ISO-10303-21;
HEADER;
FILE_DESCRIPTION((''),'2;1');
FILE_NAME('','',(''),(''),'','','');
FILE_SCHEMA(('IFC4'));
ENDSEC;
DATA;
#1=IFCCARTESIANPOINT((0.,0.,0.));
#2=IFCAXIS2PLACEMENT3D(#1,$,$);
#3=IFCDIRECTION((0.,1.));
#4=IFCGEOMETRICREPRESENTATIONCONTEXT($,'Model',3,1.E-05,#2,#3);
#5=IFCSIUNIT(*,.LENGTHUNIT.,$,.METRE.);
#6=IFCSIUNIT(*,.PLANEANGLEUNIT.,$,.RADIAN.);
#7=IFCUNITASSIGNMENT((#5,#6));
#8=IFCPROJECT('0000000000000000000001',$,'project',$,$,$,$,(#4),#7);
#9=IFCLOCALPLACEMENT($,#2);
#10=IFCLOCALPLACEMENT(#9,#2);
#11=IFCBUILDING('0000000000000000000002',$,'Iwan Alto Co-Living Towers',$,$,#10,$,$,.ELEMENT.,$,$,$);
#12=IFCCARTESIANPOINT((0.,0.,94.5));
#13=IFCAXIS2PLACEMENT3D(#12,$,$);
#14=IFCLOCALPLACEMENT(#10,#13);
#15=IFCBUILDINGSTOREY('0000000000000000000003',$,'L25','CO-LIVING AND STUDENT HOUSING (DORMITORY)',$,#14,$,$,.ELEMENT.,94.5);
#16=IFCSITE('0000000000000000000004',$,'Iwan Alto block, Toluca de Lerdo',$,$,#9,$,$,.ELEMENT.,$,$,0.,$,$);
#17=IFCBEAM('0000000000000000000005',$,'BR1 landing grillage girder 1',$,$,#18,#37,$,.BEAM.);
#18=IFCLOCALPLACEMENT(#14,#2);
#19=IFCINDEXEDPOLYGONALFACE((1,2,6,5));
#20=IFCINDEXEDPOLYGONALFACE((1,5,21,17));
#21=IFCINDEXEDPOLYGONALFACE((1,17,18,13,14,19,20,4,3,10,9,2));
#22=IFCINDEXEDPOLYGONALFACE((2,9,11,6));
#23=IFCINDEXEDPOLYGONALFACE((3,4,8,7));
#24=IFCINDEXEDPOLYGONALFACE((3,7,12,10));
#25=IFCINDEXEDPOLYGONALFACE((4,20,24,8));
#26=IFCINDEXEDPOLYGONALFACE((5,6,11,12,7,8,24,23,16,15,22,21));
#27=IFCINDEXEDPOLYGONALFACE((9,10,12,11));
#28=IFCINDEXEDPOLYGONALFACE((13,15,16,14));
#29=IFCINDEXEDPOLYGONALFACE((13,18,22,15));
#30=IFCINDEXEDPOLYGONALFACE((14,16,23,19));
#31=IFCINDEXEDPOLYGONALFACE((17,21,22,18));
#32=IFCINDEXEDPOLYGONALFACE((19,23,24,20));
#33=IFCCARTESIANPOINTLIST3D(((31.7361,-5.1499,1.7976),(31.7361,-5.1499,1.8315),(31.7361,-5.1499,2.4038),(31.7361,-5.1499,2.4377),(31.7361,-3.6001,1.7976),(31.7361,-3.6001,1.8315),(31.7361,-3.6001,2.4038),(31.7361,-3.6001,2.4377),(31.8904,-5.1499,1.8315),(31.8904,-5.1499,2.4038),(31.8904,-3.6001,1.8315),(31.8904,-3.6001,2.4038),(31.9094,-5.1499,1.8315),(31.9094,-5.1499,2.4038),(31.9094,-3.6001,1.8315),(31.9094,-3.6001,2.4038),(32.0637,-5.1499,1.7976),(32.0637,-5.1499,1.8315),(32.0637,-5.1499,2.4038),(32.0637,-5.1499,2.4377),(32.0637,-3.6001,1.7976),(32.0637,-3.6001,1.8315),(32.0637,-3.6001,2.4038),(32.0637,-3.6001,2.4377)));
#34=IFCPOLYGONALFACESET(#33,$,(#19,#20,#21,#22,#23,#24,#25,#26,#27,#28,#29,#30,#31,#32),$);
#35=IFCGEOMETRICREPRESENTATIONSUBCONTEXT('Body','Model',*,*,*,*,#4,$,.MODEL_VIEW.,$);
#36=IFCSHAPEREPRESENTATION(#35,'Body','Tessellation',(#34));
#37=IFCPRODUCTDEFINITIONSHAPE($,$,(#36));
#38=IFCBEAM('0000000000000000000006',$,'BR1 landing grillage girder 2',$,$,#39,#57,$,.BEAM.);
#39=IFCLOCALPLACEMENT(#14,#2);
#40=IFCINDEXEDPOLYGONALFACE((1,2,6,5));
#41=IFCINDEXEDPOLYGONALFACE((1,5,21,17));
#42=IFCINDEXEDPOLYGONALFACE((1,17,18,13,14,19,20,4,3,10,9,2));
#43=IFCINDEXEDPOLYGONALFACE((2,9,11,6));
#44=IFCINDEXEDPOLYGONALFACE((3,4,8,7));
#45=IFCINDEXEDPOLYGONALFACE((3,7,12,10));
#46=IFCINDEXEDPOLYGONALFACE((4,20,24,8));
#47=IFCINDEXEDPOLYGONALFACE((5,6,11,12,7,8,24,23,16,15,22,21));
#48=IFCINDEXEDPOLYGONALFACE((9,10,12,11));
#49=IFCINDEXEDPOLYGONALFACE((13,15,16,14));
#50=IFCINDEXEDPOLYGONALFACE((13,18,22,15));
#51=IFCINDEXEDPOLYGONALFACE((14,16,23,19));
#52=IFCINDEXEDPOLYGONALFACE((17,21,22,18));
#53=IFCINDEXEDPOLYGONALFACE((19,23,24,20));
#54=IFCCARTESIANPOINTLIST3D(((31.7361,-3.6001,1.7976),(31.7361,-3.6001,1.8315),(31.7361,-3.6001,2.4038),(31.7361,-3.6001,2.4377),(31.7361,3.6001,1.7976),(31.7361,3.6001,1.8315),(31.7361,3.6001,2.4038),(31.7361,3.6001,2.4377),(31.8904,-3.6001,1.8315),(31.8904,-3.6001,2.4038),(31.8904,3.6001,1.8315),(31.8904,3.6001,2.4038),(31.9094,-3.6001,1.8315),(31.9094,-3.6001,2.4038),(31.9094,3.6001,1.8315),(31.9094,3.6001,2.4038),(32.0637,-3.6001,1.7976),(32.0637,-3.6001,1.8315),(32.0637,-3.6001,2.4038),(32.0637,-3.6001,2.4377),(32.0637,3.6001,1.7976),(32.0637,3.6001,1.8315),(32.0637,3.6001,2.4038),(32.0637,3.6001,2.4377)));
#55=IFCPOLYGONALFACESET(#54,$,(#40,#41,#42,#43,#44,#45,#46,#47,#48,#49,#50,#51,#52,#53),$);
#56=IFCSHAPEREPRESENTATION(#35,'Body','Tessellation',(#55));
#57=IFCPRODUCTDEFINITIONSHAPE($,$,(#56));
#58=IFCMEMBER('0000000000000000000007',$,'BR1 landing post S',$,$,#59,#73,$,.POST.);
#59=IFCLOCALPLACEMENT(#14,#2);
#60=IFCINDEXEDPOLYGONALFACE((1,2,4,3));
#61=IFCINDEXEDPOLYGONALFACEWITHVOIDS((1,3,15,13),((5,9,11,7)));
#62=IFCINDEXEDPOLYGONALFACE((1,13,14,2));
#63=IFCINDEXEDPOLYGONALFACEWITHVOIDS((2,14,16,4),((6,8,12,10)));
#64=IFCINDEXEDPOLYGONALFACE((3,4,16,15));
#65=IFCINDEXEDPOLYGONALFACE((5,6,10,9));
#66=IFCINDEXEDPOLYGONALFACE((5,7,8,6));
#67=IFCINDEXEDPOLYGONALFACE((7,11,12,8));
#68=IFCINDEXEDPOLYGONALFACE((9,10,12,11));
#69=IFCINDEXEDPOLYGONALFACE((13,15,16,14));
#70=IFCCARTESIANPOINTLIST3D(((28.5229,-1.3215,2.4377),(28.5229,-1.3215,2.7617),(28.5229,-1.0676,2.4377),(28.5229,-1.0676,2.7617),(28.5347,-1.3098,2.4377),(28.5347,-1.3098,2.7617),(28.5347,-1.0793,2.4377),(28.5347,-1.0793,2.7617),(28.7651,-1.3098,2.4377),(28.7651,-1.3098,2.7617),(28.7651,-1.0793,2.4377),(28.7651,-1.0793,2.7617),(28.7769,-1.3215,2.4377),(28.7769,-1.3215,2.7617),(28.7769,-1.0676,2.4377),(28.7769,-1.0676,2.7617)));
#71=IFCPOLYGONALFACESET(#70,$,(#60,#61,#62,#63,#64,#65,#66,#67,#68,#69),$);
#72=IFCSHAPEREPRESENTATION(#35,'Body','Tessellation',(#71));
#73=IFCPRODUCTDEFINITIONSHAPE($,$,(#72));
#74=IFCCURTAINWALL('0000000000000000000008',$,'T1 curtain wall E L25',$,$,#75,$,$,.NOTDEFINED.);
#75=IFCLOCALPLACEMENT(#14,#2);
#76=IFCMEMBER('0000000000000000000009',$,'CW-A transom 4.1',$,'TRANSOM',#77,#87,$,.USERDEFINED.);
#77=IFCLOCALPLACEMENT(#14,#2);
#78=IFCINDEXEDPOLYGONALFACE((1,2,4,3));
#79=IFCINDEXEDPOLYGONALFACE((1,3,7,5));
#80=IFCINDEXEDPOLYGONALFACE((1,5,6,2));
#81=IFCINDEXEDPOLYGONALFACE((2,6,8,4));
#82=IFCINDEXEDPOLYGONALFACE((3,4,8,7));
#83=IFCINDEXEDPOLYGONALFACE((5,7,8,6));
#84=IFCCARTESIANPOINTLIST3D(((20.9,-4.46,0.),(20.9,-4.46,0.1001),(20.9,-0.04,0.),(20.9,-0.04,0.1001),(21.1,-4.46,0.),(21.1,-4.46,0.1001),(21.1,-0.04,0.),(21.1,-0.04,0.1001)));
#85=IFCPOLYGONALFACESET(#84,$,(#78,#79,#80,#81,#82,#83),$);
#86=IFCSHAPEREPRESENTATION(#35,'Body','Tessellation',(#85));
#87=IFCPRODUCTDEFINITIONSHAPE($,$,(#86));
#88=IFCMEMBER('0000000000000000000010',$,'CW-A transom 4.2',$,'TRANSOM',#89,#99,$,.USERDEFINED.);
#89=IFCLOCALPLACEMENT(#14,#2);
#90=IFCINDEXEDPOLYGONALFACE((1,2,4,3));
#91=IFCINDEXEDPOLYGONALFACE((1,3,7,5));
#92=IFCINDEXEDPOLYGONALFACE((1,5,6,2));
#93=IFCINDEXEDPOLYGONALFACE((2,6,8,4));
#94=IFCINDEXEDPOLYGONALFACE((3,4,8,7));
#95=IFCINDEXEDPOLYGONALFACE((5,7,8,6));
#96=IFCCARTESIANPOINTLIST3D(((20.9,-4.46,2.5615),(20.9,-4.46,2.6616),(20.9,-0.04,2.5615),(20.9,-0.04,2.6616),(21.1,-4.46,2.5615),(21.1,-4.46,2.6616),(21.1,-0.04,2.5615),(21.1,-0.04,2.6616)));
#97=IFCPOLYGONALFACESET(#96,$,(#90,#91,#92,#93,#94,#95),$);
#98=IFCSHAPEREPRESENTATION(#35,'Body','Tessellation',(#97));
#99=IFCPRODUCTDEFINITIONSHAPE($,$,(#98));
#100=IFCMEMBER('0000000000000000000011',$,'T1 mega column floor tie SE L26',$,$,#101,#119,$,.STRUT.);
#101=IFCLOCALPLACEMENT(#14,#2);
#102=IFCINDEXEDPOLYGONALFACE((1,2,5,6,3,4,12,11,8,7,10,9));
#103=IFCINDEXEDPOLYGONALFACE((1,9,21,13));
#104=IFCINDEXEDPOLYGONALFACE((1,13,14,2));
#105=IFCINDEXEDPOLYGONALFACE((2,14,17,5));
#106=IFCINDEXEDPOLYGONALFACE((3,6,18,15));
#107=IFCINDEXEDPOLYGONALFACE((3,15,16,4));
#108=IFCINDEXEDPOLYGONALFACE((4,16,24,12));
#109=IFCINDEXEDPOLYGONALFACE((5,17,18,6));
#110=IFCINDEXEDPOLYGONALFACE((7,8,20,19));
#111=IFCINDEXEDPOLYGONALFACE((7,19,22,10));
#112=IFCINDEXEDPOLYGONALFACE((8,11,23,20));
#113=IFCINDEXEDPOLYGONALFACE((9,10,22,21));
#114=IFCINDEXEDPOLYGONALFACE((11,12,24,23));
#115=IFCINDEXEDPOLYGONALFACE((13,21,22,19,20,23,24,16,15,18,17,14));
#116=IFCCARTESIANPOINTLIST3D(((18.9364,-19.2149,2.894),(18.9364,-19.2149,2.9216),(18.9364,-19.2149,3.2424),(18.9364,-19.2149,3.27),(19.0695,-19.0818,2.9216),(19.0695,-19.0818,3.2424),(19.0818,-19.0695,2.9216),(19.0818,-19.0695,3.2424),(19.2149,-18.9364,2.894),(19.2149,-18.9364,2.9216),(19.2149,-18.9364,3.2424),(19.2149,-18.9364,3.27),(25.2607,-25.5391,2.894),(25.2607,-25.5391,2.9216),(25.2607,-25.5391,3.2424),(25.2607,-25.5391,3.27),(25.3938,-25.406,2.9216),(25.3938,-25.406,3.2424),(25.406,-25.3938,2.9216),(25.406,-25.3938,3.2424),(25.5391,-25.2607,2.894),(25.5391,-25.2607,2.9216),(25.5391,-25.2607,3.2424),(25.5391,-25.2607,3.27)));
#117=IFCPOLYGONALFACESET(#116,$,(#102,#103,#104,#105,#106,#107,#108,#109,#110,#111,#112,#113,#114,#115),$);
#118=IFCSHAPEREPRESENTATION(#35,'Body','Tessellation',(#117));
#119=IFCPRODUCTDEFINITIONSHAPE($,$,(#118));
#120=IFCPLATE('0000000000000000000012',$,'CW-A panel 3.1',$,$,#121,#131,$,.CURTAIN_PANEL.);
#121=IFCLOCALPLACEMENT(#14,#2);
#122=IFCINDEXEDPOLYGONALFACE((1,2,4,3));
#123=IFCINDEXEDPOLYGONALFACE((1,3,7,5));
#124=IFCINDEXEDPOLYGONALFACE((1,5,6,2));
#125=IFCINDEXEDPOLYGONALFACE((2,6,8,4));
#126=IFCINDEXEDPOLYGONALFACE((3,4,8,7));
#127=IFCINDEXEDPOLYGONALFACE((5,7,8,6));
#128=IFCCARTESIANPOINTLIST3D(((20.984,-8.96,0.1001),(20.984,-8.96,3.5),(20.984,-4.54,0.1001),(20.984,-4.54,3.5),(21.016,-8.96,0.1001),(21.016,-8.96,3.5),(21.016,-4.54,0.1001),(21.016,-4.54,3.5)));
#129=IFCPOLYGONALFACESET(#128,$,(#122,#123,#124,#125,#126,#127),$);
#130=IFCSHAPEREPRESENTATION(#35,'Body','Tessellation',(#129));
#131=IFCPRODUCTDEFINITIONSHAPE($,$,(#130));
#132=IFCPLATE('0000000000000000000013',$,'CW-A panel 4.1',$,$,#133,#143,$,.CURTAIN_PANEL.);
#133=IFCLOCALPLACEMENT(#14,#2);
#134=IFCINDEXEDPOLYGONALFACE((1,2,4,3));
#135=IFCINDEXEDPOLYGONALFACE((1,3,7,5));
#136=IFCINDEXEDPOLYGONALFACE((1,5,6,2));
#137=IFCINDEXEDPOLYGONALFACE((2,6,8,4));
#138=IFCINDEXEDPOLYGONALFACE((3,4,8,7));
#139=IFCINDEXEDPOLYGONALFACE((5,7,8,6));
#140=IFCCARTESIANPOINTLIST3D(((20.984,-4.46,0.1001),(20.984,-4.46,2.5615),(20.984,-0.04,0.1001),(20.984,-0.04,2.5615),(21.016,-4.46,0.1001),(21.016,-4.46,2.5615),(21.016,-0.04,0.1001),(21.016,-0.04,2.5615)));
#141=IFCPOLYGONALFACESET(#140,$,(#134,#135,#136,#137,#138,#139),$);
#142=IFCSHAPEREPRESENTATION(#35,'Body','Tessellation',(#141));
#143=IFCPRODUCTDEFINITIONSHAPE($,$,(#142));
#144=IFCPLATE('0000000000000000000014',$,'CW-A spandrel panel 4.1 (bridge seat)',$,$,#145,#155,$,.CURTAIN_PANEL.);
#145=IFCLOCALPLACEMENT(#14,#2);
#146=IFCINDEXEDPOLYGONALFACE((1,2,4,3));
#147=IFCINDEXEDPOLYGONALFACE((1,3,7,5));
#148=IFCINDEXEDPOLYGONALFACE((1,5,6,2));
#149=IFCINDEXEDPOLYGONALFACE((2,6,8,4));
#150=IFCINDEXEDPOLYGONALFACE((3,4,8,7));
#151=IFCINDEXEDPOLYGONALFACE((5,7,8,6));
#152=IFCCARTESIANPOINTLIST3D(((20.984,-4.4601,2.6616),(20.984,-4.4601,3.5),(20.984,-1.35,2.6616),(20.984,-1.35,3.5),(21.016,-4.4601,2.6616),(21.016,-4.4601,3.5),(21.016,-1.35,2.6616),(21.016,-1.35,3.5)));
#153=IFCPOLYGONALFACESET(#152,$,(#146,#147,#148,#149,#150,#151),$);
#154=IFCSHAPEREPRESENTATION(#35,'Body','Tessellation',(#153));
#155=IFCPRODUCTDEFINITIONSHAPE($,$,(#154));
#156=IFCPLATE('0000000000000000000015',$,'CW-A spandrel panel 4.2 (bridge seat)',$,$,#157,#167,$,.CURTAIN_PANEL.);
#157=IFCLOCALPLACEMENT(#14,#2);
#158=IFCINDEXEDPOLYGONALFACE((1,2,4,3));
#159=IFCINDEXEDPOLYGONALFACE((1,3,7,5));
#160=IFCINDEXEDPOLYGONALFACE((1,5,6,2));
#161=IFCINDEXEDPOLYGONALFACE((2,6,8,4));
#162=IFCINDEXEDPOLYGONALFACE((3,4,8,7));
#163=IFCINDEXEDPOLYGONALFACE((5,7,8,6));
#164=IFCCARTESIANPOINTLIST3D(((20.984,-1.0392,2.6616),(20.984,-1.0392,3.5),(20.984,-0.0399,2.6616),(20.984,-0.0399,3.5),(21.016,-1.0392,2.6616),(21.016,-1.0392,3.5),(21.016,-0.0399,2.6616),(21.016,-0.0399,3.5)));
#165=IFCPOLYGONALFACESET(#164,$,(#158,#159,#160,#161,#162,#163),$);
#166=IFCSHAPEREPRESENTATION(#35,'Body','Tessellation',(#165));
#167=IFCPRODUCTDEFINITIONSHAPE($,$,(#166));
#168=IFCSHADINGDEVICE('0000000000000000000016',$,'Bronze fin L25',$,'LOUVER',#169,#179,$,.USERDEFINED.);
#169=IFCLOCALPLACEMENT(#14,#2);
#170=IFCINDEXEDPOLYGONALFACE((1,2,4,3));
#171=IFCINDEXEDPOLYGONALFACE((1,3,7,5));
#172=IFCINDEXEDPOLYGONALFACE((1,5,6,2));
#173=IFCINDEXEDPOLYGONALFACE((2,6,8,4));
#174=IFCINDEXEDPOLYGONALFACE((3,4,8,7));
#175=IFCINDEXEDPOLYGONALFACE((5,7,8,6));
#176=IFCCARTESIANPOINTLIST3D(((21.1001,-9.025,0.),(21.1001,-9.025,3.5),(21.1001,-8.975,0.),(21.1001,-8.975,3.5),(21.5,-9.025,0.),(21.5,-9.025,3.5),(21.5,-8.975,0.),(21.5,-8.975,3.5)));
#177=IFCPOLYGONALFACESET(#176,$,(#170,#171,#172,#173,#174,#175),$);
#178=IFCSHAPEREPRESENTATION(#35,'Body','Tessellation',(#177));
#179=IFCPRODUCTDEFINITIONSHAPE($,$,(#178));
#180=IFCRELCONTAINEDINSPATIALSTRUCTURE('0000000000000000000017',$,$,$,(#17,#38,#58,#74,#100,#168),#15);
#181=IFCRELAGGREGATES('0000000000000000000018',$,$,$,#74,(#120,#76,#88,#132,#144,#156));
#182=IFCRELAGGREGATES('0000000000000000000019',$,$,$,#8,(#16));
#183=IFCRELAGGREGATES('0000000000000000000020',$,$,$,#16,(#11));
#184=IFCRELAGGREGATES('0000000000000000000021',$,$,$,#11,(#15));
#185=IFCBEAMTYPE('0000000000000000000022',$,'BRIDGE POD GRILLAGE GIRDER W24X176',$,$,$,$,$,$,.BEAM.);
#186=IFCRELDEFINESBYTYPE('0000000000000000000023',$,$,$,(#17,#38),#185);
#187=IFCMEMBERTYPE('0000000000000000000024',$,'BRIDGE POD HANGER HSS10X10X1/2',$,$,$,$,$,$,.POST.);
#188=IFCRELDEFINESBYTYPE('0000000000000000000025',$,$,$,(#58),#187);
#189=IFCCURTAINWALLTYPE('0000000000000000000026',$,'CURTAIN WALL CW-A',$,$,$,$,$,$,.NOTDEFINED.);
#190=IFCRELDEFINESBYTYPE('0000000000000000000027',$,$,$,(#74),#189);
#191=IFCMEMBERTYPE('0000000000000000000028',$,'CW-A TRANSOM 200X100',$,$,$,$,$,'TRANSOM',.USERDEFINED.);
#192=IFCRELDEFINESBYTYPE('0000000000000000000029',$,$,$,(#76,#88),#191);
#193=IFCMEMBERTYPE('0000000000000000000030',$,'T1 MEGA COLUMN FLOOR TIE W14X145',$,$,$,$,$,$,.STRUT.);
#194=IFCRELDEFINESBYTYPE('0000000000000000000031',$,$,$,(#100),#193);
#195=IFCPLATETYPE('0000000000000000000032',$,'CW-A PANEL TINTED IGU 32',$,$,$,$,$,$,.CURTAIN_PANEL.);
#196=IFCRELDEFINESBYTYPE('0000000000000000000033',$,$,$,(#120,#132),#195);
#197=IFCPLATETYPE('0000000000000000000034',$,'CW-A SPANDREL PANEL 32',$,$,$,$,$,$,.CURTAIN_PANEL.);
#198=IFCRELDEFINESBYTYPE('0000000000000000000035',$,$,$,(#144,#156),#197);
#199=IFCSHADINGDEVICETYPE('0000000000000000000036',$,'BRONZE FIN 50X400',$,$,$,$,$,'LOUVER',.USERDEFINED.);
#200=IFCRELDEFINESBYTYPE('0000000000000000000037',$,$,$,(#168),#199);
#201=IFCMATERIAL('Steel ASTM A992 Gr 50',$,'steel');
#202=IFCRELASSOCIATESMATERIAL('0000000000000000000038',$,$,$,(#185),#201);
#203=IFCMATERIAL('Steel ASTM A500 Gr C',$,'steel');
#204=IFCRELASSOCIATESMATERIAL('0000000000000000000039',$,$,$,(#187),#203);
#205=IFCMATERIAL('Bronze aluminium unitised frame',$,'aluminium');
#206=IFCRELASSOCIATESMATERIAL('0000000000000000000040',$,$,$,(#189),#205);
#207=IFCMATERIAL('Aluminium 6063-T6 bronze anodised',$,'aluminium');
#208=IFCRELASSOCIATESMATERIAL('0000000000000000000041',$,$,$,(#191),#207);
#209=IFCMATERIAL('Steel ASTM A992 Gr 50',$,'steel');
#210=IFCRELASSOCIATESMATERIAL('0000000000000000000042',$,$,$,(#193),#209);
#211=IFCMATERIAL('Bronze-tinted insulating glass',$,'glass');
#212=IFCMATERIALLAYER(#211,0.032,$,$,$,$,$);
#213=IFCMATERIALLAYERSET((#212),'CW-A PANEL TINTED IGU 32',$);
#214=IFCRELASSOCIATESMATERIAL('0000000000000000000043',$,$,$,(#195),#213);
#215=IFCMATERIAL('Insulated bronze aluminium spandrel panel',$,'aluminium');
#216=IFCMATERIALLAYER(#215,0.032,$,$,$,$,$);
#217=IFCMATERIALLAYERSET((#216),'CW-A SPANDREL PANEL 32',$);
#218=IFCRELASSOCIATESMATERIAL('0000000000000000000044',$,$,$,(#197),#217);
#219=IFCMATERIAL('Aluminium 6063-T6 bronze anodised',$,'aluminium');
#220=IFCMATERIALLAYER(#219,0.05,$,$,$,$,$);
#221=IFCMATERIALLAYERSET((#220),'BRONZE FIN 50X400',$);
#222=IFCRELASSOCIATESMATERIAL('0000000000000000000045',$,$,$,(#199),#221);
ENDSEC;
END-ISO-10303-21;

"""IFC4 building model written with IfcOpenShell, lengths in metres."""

from ifc_helpers import new_model, si_unit, direction, frame, origin, origin_2d, place, context, subcontext, project, spatial, rectangle, hollow_rectangle, i_section, extrude, material, layer, layer_set, material_profile, profile_set, type_object, element, aggregate, save


model = new_model("IFC4")

# Units and contexts
model_context = context("Model", 3, precision=1e-05, world=origin(), true_north=direction((0.0, 1.0)))
body_context = subcontext(model_context, "Body", "Model", "MODEL_VIEW")
ifc_project = project(units=[si_unit("LENGTHUNIT", "METRE"), si_unit("PLANEANGLEUNIT", "RADIAN")], contexts=[model_context])

# Site, building, storey
site_placement = place(None, origin())
site = spatial("IfcSite", under=ifc_project, at=site_placement, Name="Iwan Alto block, Toluca de Lerdo", CompositionType="ELEMENT", RefElevation=0.0)
building_placement = place(site_placement, origin())
building = spatial("IfcBuilding", under=site, at=building_placement, Name="Iwan Alto Co-Living Towers", CompositionType="ELEMENT")
storey_placement = place(building_placement, frame((0.0, 0.0, 94.5)))
storey = spatial("IfcBuildingStorey", under=building, at=storey_placement, Name="L25", Description="CO-LIVING AND STUDENT HOUSING (DORMITORY)", CompositionType="ELEMENT", Elevation=94.5)

# Beams
ifc_material_1 = material(Name="Steel ASTM A992 Gr 50", Category="steel")
ifc_material_profile_1 = material_profile(ifc_material_1, i_section(OverallWidth=0.3276, OverallDepth=0.6401, WebThickness=0.019, FlangeThickness=0.0339, at=origin_2d()), Name="W24X176")
ifc_profile_set_1 = profile_set([ifc_material_profile_1], Name="Steel ASTM A992 Gr 50")
beam_type_1 = type_object("IfcBeamType", Name="BRIDGE POD GRILLAGE GIRDER W24X176", PredefinedType="BEAM", material=ifc_profile_set_1)
beam_1_placement = place(storey_placement, frame((31.8999, -5.1499, 2.1177), z_axis=(0.0, 1.0, 0.0), x_axis=(-1.0, 0.0, 0.0)))
element("IfcBeam", 1, at=beam_1_placement, inside=storey, type_object=beam_type_1, Name="BR1 landing grillage girder 1", PredefinedType="BEAM", context=body_context, shape_type="SweptSolid", body=[
    extrude(i_section(OverallWidth=0.3276, OverallDepth=0.6401, WebThickness=0.019, FlangeThickness=0.0339, at=origin_2d()), origin(), (0.0, 0.0, 1.0), 1.5498),
])
beam_2_placement = place(storey_placement, frame((31.8999, -3.6001, 2.1177), z_axis=(0.0, 1.0, 0.0), x_axis=(-1.0, 0.0, 0.0)))
element("IfcBeam", 2, at=beam_2_placement, inside=storey, type_object=beam_type_1, Name="BR1 landing grillage girder 2", PredefinedType="BEAM", context=body_context, shape_type="SweptSolid", body=[
    extrude(i_section(OverallWidth=0.3276, OverallDepth=0.6401, WebThickness=0.019, FlangeThickness=0.0339, at=origin_2d()), origin(), (0.0, 0.0, 1.0), 7.2002),
])

# Member
ifc_material_2 = material(Name="Steel ASTM A500 Gr C", Category="steel")
ifc_material_profile_2 = material_profile(ifc_material_2, hollow_rectangle(XDim=0.2539, YDim=0.2539, WallThickness=0.0117, at=origin_2d()), Name="HSS10X10X1/2")
ifc_profile_set_2 = profile_set([ifc_material_profile_2], Name="Steel ASTM A500 Gr C")
member_type_1 = type_object("IfcMemberType", Name="BRIDGE POD HANGER HSS10X10X1/2", PredefinedType="POST", material=ifc_profile_set_2)
member_1_placement = place(storey_placement, frame((28.6499, -1.1946, 2.7617), z_axis=(0.0, 0.0, -1.0), x_axis=(1.0, 0.0, 0.0)))
element("IfcMember", 3, at=member_1_placement, inside=storey, type_object=member_type_1, Name="BR1 landing post S", PredefinedType="POST", context=body_context, shape_type="SweptSolid", body=[
    extrude(hollow_rectangle(XDim=0.2539, YDim=0.2539, WallThickness=0.0117, at=origin_2d()), origin(), (0.0, 0.0, 1.0), 0.324),
])

# Curtain wall, members
ifc_material_3 = material(Name="Bronze aluminium unitised frame", Category="aluminium")
curtain_wall_type = type_object("IfcCurtainWallType", Name="CURTAIN WALL CW-A", PredefinedType="NOTDEFINED", material=ifc_material_3)
curtain_wall_placement = place(storey_placement, origin())
curtain_wall = element("IfcCurtainWall", 4, at=curtain_wall_placement, inside=storey, type_object=curtain_wall_type, Name="T1 curtain wall E L25", PredefinedType="NOTDEFINED")
ifc_material_4 = material(Name="Aluminium 6063-T6 bronze anodised", Category="aluminium")
ifc_material_profile_3 = material_profile(ifc_material_4, rectangle(XDim=0.2, YDim=0.1001, at=origin_2d()), Name="AL 200X100")
ifc_profile_set_3 = profile_set([ifc_material_profile_3], Name="Aluminium 6063-T6 bronze anodised")
member_type_2 = type_object("IfcMemberType", Name="CW-A TRANSOM 200X100", ElementType="TRANSOM", PredefinedType="USERDEFINED", material=ifc_profile_set_3)
member_2_placement = place(storey_placement, frame((21.0, -4.46, 0.05), z_axis=(0.0, 1.0, 0.0), x_axis=(-1.0, 0.0, 0.0)))
member_2 = element("IfcMember", 5, at=member_2_placement, type_object=member_type_2, Name="CW-A transom 4.1", ObjectType="TRANSOM", PredefinedType="USERDEFINED", context=body_context, shape_type="SweptSolid", body=[
    extrude(rectangle(XDim=0.2, YDim=0.1001, at=origin_2d()), origin(), (0.0, 0.0, 1.0), 4.4199),
])
member_3_placement = place(storey_placement, frame((21.0, -4.46, 2.6116), z_axis=(0.0, 1.0, 0.0), x_axis=(-1.0, 0.0, 0.0)))
member_3 = element("IfcMember", 6, at=member_3_placement, type_object=member_type_2, Name="CW-A transom 4.2", ObjectType="TRANSOM", PredefinedType="USERDEFINED", context=body_context, shape_type="SweptSolid", body=[
    extrude(rectangle(XDim=0.2, YDim=0.1001, at=origin_2d()), origin(), (0.0, 0.0, 1.0), 4.4199),
])

# Member
ifc_material_5 = material(Name="Steel ASTM A992 Gr 50", Category="steel")
ifc_material_profile_4 = material_profile(ifc_material_5, i_section(OverallWidth=0.3938, OverallDepth=0.376, WebThickness=0.0173, FlangeThickness=0.0276, at=origin_2d()), Name="W14X145")
ifc_profile_set_4 = profile_set([ifc_material_profile_4], Name="Steel ASTM A992 Gr 50")
member_type_3 = type_object("IfcMemberType", Name="T1 MEGA COLUMN FLOOR TIE W14X145", PredefinedType="STRUT", material=ifc_profile_set_4)
member_4_placement = place(storey_placement, frame((25.3999, -25.3999, 3.082), z_axis=(-0.707107, 0.707107, 0.0), x_axis=(-0.707107, -0.707107, 0.0)))
element("IfcMember", 7, at=member_4_placement, inside=storey, type_object=member_type_3, Name="T1 mega column floor tie SE L26", PredefinedType="STRUT", context=body_context, shape_type="SweptSolid", body=[
    extrude(i_section(OverallWidth=0.3938, OverallDepth=0.376, WebThickness=0.0173, FlangeThickness=0.0276, at=origin_2d()), origin(), (0.0, 0.0, 1.0), 8.9438),
])

# Plates
ifc_material_6 = material(Name="Bronze-tinted insulating glass", Category="glass")
ifc_layer_1 = layer(ifc_material_6, 0.032)
ifc_layer_set_1 = layer_set([ifc_layer_1], Name="CW-A PANEL TINTED IGU 32")
plate_type_1 = type_object("IfcPlateType", Name="CW-A PANEL TINTED IGU 32", PredefinedType="CURTAIN_PANEL", material=ifc_layer_set_1)
plate_1_placement = place(storey_placement, frame((21.0, -6.75, 0.1001), z_axis=(0.0, 0.0, 1.0), x_axis=(0.0, 1.0, 0.0)))
plate_1 = element("IfcPlate", 8, at=plate_1_placement, type_object=plate_type_1, Name="CW-A panel 3.1", PredefinedType="CURTAIN_PANEL", context=body_context, shape_type="SweptSolid", body=[
    extrude(rectangle(XDim=4.4199, YDim=0.032, at=origin_2d()), origin(), (0.0, 0.0, 1.0), 3.3999),
])
plate_2_placement = place(storey_placement, frame((21.0, -2.25, 0.1001), z_axis=(0.0, 0.0, 1.0), x_axis=(0.0, 1.0, 0.0)))
plate_2 = element("IfcPlate", 9, at=plate_2_placement, type_object=plate_type_1, Name="CW-A panel 4.1", PredefinedType="CURTAIN_PANEL", context=body_context, shape_type="SweptSolid", body=[
    extrude(rectangle(XDim=4.4199, YDim=0.032, at=origin_2d()), origin(), (0.0, 0.0, 1.0), 2.4614),
])
ifc_material_7 = material(Name="Insulated bronze aluminium spandrel panel", Category="aluminium")
ifc_layer_2 = layer(ifc_material_7, 0.032)
ifc_layer_set_2 = layer_set([ifc_layer_2], Name="CW-A SPANDREL PANEL 32")
plate_type_2 = type_object("IfcPlateType", Name="CW-A SPANDREL PANEL 32", PredefinedType="CURTAIN_PANEL", material=ifc_layer_set_2)
plate_3_placement = place(storey_placement, frame((21.0, -2.905, 2.6616), z_axis=(0.0, 0.0, 1.0), x_axis=(0.0, 1.0, 0.0)))
plate_3 = element("IfcPlate", 10, at=plate_3_placement, type_object=plate_type_2, Name="CW-A spandrel panel 4.1 (bridge seat)", PredefinedType="CURTAIN_PANEL", context=body_context, shape_type="SweptSolid", body=[
    extrude(rectangle(XDim=3.1101, YDim=0.032, at=origin_2d()), origin(), (0.0, 0.0, 1.0), 0.8384),
])
plate_4_placement = place(storey_placement, frame((21.0, -0.5396, 2.6616), z_axis=(0.0, 0.0, 1.0), x_axis=(0.0, 1.0, 0.0)))
plate_4 = element("IfcPlate", 11, at=plate_4_placement, type_object=plate_type_2, Name="CW-A spandrel panel 4.2 (bridge seat)", PredefinedType="CURTAIN_PANEL", context=body_context, shape_type="SweptSolid", body=[
    extrude(rectangle(XDim=0.9993, YDim=0.032, at=origin_2d()), origin(), (0.0, 0.0, 1.0), 0.8384),
])
aggregate(curtain_wall, [plate_1, member_2, member_3, plate_2, plate_3, plate_4])

# Shading device
ifc_material_8 = material(Name="Aluminium 6063-T6 bronze anodised", Category="aluminium")
ifc_layer_3 = layer(ifc_material_8, 0.05)
ifc_layer_set_3 = layer_set([ifc_layer_3], Name="BRONZE FIN 50X400")
shading_device_type = type_object("IfcShadingDeviceType", Name="BRONZE FIN 50X400", ElementType="LOUVER", PredefinedType="USERDEFINED", material=ifc_layer_set_3)
for number, where, z_axis, x_axis, name in (
    (12, (21.3, -9.0, 0.0), (0.0, 0.0, 1.0), (0.0, 1.0, 0.0), "Bronze fin L25"),
):
    element("IfcShadingDevice", number, at=place(storey_placement, frame(where, z_axis=z_axis, x_axis=x_axis)), inside=storey, type_object=shading_device_type, Name=name, ObjectType="LOUVER", PredefinedType="USERDEFINED", context=body_context, shape_type="SweptSolid", body=[
        extrude(rectangle(XDim=0.05, YDim=0.3999, at=origin_2d()), origin(), (0.0, 0.0, 1.0), 3.5),
    ])

save(model, "model.ifc")
